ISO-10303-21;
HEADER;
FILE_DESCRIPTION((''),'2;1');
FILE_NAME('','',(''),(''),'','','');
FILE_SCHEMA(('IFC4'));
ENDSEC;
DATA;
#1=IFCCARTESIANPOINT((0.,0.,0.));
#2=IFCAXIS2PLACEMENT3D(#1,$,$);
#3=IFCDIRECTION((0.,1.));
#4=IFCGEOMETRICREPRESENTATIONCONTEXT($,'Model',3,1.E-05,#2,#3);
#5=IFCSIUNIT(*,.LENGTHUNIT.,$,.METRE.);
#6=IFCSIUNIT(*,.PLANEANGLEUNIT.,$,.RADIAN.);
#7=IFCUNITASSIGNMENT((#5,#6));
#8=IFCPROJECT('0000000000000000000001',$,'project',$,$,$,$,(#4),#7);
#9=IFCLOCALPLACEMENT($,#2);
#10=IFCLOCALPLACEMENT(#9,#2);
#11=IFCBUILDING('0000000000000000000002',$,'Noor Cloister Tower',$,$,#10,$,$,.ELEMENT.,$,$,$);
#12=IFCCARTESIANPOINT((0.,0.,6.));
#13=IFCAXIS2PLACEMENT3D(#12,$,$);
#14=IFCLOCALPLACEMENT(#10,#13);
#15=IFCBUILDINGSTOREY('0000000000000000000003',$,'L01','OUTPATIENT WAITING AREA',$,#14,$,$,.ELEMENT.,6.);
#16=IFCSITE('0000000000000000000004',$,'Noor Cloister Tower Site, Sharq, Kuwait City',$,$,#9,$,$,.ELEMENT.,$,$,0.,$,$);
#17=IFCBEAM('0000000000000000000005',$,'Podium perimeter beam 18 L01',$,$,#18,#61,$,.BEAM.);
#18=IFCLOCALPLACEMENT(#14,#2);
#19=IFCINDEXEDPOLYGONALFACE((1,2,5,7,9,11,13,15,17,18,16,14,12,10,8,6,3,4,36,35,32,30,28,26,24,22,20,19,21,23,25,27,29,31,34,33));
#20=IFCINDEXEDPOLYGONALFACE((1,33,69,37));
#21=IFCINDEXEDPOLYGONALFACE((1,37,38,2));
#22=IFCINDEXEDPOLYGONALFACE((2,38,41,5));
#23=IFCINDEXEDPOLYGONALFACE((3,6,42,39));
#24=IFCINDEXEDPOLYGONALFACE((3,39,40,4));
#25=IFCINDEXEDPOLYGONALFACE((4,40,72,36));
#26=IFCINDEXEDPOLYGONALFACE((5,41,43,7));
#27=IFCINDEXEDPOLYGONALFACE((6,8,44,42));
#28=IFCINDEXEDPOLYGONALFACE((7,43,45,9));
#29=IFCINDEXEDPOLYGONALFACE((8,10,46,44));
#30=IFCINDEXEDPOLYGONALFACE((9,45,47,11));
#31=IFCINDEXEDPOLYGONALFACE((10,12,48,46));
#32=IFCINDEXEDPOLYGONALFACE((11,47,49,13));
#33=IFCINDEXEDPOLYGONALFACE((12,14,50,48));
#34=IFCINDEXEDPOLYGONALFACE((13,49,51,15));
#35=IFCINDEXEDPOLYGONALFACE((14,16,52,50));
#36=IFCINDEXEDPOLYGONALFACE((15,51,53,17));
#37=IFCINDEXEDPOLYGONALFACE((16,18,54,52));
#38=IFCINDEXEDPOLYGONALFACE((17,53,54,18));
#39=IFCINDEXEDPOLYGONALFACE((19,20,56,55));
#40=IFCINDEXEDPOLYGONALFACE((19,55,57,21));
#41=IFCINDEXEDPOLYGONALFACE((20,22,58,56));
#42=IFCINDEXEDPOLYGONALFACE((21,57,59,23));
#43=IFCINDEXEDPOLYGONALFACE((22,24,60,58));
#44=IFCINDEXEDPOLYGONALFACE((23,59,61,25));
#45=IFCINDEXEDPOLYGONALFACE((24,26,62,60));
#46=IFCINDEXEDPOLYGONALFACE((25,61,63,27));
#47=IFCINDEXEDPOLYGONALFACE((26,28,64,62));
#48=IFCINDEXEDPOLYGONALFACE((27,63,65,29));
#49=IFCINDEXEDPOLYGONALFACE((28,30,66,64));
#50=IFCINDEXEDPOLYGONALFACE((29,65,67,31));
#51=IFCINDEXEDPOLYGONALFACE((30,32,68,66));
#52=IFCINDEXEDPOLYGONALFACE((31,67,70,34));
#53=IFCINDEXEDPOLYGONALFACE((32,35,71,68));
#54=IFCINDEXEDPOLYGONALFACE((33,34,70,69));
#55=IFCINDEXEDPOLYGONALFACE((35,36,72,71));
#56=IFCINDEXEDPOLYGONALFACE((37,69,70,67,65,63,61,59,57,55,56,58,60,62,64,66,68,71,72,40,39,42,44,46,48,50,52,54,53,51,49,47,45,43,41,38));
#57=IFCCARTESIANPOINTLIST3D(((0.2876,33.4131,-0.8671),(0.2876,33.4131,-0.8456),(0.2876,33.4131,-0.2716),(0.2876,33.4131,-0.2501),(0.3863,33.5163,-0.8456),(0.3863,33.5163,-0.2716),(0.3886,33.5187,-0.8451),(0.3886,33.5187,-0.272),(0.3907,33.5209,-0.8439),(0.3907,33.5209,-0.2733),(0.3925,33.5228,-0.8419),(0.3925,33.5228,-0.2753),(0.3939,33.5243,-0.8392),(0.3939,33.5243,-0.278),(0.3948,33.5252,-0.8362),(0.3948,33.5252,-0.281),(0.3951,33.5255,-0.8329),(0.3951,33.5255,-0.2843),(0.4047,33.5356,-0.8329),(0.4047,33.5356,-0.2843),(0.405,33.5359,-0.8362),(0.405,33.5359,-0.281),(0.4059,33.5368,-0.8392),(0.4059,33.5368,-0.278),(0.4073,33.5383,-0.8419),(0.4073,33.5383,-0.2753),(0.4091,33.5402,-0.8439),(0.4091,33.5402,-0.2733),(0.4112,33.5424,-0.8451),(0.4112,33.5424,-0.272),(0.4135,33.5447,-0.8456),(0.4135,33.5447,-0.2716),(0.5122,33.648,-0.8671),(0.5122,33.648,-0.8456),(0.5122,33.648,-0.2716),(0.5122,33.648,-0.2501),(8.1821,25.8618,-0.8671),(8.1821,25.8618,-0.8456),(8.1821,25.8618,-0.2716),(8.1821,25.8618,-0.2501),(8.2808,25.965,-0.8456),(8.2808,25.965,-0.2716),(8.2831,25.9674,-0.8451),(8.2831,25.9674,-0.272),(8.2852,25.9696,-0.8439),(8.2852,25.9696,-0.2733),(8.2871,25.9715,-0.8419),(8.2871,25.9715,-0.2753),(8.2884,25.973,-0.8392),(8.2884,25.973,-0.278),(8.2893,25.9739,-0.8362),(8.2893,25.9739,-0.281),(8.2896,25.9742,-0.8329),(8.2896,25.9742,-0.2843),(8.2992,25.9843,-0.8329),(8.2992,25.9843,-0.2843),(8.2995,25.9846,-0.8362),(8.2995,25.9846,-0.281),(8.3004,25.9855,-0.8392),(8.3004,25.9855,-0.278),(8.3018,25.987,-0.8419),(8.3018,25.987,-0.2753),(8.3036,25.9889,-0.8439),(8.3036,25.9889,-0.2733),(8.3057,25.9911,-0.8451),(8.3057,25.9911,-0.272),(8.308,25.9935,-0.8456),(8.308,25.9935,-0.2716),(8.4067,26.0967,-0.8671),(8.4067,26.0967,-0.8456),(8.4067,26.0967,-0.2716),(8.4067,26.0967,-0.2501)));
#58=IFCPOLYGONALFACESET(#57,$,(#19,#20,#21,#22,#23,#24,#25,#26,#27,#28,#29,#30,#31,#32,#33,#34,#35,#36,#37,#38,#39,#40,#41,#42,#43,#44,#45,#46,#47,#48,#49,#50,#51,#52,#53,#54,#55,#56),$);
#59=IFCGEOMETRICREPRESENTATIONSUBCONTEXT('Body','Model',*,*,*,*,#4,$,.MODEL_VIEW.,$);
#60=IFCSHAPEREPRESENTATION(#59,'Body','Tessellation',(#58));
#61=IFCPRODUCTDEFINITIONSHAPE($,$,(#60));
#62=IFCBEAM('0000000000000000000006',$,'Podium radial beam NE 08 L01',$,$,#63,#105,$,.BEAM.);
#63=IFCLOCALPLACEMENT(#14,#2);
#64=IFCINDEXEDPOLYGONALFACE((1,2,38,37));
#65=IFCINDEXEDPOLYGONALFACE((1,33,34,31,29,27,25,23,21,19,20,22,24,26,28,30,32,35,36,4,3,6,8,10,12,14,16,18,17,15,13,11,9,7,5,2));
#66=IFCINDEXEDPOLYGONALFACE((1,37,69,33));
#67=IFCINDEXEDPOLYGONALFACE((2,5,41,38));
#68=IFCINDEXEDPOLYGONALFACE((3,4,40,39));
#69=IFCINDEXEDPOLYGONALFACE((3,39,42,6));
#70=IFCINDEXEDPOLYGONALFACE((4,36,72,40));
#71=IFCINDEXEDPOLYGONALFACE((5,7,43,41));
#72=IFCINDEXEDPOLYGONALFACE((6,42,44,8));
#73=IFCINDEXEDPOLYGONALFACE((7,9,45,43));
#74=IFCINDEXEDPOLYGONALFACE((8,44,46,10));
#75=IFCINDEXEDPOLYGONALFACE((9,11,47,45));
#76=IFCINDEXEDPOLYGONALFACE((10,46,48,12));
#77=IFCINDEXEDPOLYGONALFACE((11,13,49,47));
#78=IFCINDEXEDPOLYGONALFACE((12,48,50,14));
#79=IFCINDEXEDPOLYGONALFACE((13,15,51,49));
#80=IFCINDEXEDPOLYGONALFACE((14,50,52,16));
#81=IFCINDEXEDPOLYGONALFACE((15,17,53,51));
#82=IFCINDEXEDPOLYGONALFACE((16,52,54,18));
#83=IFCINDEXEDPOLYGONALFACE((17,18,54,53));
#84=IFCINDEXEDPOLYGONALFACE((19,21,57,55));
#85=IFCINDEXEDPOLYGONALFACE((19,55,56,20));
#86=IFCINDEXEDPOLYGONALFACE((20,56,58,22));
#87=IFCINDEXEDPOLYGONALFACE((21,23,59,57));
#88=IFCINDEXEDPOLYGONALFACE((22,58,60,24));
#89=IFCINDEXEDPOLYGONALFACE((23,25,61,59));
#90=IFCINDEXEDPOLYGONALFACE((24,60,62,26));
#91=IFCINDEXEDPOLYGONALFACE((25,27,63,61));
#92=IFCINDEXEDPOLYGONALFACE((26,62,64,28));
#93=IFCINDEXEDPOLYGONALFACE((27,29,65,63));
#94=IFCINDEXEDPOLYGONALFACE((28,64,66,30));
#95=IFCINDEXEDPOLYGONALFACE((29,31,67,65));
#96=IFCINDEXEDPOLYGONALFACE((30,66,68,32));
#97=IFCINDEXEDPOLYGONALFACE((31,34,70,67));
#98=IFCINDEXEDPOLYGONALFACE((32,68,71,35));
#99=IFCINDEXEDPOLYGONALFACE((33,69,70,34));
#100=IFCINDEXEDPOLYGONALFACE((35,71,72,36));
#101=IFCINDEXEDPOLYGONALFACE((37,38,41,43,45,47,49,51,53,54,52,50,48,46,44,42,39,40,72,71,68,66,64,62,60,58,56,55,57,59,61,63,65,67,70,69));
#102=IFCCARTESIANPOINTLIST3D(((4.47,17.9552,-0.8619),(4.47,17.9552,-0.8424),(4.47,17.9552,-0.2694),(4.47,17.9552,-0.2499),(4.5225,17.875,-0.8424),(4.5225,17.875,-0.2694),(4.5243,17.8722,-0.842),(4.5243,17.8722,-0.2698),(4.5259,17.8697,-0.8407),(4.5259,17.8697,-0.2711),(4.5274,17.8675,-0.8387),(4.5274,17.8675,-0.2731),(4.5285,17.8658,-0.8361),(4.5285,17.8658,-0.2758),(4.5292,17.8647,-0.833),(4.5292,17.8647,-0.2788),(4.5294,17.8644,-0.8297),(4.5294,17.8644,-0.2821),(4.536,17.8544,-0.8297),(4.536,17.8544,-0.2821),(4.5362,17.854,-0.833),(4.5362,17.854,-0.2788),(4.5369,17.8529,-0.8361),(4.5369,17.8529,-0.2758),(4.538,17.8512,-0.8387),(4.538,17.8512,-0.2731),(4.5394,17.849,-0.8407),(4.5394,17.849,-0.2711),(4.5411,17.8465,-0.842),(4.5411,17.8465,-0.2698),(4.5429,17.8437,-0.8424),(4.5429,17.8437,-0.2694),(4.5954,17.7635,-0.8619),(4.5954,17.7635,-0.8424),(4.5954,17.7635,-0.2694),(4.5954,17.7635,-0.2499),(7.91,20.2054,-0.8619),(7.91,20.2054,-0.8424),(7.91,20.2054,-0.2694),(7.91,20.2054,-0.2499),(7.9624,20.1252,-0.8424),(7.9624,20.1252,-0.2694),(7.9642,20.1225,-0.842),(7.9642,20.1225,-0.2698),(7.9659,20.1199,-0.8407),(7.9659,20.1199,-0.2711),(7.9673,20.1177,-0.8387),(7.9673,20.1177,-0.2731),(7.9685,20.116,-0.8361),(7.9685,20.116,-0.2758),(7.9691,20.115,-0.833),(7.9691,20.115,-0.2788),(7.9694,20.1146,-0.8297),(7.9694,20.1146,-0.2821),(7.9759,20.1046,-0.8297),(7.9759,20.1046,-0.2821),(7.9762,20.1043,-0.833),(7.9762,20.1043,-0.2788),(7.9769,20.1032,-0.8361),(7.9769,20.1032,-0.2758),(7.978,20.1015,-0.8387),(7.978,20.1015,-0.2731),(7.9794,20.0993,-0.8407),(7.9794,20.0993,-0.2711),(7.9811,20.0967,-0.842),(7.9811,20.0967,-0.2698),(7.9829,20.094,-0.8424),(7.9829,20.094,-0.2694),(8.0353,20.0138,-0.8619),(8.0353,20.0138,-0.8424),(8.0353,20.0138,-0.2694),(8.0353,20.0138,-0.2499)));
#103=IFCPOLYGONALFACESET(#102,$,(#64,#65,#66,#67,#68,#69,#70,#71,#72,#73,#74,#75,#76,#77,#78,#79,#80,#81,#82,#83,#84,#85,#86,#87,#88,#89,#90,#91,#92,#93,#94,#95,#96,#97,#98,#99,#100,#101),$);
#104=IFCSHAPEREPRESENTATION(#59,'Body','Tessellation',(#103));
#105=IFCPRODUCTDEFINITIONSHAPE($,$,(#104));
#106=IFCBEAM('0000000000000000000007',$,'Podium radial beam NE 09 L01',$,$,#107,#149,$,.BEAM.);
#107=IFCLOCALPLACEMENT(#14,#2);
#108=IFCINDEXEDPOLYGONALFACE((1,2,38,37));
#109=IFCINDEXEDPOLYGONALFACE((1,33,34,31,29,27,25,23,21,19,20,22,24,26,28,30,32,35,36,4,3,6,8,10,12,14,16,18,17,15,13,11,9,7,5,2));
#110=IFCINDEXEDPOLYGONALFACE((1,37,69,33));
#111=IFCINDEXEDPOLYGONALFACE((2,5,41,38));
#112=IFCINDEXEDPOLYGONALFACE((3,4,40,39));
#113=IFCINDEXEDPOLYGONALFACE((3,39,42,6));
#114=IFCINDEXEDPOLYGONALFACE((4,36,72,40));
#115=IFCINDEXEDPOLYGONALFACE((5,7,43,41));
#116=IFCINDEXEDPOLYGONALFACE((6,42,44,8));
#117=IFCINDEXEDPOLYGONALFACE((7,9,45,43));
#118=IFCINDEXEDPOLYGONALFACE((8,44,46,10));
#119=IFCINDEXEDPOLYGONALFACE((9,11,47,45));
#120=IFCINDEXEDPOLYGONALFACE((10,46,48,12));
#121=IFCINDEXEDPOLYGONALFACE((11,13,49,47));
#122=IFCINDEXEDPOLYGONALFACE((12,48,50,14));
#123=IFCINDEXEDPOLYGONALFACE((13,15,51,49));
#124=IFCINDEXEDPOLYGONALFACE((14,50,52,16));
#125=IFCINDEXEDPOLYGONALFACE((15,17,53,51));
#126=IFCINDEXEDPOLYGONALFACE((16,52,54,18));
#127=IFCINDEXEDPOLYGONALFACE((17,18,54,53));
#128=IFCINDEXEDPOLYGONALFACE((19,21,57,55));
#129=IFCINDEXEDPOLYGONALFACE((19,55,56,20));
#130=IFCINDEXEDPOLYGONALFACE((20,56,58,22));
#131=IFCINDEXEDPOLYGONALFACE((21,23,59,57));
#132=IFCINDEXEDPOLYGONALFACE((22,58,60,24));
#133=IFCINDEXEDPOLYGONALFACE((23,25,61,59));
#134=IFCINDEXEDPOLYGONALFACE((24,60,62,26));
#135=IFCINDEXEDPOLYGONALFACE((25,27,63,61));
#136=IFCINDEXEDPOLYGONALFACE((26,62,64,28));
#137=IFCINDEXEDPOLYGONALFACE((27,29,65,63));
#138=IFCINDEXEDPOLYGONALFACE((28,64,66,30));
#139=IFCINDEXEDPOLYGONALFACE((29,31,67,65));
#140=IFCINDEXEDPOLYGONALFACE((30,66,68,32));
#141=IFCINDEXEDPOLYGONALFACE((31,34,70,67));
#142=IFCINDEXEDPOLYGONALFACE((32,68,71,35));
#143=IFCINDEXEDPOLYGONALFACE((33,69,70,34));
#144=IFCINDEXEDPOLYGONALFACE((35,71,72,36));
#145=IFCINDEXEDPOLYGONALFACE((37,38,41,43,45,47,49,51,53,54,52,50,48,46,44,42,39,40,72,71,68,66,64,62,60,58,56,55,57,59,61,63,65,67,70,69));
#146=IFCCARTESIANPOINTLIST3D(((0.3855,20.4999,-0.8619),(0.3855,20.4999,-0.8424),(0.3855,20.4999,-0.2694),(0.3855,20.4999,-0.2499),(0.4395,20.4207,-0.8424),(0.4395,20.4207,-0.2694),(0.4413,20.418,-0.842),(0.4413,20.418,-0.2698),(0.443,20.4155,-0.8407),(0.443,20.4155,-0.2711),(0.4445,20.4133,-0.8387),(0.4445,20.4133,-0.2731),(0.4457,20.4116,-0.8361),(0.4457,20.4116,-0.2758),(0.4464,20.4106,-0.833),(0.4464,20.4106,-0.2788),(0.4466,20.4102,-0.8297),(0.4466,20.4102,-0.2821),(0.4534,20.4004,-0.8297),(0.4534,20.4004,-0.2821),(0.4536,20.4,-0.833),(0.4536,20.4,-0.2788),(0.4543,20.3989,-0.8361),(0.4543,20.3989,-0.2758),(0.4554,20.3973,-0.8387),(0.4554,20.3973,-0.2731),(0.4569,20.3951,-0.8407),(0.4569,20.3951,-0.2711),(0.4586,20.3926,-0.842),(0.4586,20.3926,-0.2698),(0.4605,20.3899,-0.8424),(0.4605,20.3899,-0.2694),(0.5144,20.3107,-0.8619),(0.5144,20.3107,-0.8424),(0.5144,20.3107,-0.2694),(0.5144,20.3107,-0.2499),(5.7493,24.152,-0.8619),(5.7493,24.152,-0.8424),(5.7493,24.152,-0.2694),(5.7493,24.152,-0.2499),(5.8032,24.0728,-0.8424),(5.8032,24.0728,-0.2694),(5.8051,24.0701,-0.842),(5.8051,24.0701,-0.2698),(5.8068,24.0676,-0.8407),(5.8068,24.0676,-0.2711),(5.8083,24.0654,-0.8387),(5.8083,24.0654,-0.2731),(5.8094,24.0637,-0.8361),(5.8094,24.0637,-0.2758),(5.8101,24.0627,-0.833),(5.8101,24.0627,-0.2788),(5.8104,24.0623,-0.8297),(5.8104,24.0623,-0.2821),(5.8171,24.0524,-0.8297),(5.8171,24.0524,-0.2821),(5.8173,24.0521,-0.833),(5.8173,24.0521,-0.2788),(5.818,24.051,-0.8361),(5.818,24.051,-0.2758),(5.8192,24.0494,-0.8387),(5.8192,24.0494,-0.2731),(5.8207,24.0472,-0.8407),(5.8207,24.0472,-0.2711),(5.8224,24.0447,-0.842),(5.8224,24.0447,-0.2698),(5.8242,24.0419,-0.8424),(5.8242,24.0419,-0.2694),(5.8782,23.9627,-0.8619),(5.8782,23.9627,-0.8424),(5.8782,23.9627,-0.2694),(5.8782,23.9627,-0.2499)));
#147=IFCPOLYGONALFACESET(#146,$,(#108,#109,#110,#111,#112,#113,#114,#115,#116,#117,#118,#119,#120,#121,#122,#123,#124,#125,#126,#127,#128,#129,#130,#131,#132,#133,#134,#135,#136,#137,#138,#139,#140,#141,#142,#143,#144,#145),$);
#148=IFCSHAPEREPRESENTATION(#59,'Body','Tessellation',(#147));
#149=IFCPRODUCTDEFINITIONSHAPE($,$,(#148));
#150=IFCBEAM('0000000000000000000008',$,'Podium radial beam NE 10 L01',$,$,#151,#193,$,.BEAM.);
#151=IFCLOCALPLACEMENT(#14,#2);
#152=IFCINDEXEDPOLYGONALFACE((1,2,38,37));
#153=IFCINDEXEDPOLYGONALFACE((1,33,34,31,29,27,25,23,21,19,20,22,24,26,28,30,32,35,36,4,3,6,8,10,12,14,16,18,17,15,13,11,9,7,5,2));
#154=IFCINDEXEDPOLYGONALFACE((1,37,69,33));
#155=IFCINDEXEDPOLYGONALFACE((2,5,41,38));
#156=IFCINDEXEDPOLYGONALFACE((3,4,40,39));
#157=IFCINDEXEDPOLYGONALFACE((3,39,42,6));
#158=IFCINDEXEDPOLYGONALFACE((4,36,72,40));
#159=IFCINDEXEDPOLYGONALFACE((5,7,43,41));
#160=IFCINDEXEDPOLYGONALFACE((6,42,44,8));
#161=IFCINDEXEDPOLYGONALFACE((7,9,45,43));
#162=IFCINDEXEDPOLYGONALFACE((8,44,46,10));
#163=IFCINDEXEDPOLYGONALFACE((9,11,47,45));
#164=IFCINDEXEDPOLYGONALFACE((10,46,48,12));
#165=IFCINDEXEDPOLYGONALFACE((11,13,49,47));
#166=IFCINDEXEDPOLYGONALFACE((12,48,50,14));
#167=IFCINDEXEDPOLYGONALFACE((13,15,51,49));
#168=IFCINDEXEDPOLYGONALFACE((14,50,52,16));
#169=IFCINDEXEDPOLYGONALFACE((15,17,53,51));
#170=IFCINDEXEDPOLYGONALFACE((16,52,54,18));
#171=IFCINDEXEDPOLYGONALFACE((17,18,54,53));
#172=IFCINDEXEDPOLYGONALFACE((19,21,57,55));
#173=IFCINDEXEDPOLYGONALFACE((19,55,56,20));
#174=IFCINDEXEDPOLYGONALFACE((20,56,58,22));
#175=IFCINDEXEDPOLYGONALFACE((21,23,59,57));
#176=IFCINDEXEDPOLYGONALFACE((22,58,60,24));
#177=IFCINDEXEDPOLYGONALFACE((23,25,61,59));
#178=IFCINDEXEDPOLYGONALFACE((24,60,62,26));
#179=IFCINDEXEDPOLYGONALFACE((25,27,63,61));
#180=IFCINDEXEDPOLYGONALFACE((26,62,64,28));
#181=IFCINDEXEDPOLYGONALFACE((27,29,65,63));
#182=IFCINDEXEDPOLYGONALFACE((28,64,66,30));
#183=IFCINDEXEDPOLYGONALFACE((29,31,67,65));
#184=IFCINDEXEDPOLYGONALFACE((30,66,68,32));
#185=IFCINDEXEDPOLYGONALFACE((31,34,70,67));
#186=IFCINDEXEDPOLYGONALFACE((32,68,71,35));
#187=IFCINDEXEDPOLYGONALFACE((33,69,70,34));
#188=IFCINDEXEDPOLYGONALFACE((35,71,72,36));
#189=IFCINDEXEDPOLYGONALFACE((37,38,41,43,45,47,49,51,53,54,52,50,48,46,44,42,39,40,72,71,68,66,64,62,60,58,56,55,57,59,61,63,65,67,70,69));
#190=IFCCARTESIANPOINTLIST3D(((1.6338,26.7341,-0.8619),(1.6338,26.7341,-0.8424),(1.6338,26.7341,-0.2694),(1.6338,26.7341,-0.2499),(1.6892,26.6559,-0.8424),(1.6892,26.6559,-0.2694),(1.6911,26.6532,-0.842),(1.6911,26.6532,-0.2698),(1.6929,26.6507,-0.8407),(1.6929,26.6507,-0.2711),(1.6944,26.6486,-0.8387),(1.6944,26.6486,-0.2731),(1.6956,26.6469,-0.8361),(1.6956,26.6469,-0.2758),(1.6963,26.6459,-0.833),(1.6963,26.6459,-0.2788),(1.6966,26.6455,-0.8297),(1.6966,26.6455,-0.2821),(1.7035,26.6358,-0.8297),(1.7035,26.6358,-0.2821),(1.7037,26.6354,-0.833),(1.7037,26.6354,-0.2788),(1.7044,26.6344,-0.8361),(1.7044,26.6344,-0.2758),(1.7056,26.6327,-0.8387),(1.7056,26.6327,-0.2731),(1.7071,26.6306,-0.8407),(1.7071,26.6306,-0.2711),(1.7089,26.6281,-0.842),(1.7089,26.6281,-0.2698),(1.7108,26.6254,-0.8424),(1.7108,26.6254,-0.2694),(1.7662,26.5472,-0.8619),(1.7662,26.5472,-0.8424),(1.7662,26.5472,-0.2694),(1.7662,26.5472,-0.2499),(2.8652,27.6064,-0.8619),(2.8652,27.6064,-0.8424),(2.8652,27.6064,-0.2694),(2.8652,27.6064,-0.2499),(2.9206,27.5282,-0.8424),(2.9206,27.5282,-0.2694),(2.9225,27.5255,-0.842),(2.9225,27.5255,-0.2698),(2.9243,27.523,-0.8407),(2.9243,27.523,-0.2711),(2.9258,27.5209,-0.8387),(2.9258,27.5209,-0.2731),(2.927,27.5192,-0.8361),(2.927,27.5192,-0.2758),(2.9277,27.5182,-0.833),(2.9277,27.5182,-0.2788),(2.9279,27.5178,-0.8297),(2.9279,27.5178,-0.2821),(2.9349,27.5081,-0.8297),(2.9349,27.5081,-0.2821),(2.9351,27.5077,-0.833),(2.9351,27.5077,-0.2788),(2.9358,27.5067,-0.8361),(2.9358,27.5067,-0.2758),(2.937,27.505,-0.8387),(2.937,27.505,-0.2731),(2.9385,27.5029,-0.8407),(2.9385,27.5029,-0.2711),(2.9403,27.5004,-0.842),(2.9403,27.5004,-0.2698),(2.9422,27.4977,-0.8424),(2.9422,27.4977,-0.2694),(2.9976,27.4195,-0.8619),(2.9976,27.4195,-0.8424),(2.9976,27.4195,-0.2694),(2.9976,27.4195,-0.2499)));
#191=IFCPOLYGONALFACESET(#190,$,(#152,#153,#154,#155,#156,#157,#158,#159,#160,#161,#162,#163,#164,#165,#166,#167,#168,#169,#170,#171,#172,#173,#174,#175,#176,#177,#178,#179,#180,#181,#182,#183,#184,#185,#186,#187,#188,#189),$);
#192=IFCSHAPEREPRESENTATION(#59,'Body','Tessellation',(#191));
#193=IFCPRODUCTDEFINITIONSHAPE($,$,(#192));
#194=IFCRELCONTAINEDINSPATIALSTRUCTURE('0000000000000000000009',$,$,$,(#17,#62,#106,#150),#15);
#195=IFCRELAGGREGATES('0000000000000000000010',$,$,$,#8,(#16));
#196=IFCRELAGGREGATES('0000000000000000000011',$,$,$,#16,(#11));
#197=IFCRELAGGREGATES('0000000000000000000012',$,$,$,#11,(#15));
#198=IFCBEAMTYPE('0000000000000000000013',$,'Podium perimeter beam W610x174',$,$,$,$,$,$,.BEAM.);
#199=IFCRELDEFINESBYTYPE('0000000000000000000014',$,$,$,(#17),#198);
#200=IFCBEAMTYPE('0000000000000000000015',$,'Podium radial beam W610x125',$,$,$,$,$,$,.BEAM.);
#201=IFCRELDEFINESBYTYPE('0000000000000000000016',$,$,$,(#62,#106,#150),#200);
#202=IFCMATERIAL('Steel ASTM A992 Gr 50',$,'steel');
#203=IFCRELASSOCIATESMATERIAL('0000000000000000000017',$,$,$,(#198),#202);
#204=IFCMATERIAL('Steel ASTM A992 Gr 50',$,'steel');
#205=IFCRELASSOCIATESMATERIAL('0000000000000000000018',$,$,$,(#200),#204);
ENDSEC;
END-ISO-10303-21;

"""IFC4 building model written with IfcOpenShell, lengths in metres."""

from ifc_helpers import new_model, si_unit, direction, frame, origin, origin_2d, place, context, subcontext, project, spatial, i_section, extrude, material, material_profile, profile_set, type_object, element, save


model = new_model("IFC4")

# Units and contexts
model_context = context("Model", 3, precision=1e-05, world=origin(), true_north=direction((0.0, 1.0)))
body_context = subcontext(model_context, "Body", "Model", "MODEL_VIEW")
ifc_project = project(units=[si_unit("LENGTHUNIT", "METRE"), si_unit("PLANEANGLEUNIT", "RADIAN")], contexts=[model_context])

# Site, building, storey
site_placement = place(None, origin())
site = spatial("IfcSite", under=ifc_project, at=site_placement, Name="Noor Cloister Tower Site, Sharq, Kuwait City", CompositionType="ELEMENT", RefElevation=0.0)
building_placement = place(site_placement, origin())
building = spatial("IfcBuilding", under=site, at=building_placement, Name="Noor Cloister Tower", CompositionType="ELEMENT")
storey_placement = place(building_placement, frame((0.0, 0.0, 6.0)))
storey = spatial("IfcBuildingStorey", under=building, at=storey_placement, Name="L01", Description="OUTPATIENT WAITING AREA", CompositionType="ELEMENT", Elevation=6.0)

# Beams
ifc_material_1 = material(Name="Steel ASTM A992 Gr 50", Category="steel")
ifc_material_profile_1 = material_profile(ifc_material_1, i_section(OverallWidth=0.325, OverallDepth=0.6169, WebThickness=0.0139, FlangeThickness=0.0215, FilletRadius=0.0127, at=origin_2d()), Name="W610x174")
ifc_profile_set_1 = profile_set([ifc_material_profile_1], Name="Steel ASTM A992 Gr 50")
beam_type_1 = type_object("IfcBeamType", Name="Podium perimeter beam W610x174", PredefinedType="BEAM", material=ifc_profile_set_1)
beam_1_placement = place(storey_placement, frame((8.2944, 25.9792, -0.5586), z_axis=(-0.722643, 0.691222, 0.0), x_axis=(-0.691222, -0.722643, 0.0)))
element("IfcBeam", 1, at=beam_1_placement, inside=storey, type_object=beam_type_1, Name="Podium perimeter beam 18 L01", PredefinedType="BEAM", context=body_context, shape_type="SweptSolid", body=[
    extrude(i_section(OverallWidth=0.325, OverallDepth=0.6169, WebThickness=0.0139, FlangeThickness=0.0215, FilletRadius=0.0127, at=origin_2d()), origin(), (0.0, 0.0, 1.0), 10.9246),
])
ifc_material_2 = material(Name="Steel ASTM A992 Gr 50", Category="steel")
ifc_material_profile_2 = material_profile(ifc_material_2, i_section(OverallWidth=0.229, OverallDepth=0.6121, WebThickness=0.012, FlangeThickness=0.0195, FilletRadius=0.0127, at=origin_2d()), Name="W610x125")
ifc_profile_set_2 = profile_set([ifc_material_profile_2], Name="Steel ASTM A992 Gr 50")
beam_type_2 = type_object("IfcBeamType", Name="Podium radial beam W610x125", PredefinedType="BEAM", material=ifc_profile_set_2)
beam_2_placement = place(storey_placement, frame((7.9727, 20.1096, -0.5559), z_axis=(-0.836852, -0.547429, 0.0), x_axis=(0.547429, -0.836852, 0.0)))
element("IfcBeam", 2, at=beam_2_placement, inside=storey, type_object=beam_type_2, Name="Podium radial beam NE 08 L01", PredefinedType="BEAM", context=body_context, shape_type="SweptSolid", body=[
    extrude(i_section(OverallWidth=0.229, OverallDepth=0.6121, WebThickness=0.012, FlangeThickness=0.0195, FilletRadius=0.0127, at=origin_2d()), origin(), (0.0, 0.0, 1.0), 4.1106),
])
beam_3_placement = place(storey_placement, frame((5.8137, 24.0574, -0.5559), z_axis=(-0.826587, -0.562809, 0.0), x_axis=(0.562809, -0.826587, 0.0)))
element("IfcBeam", 3, at=beam_3_placement, inside=storey, type_object=beam_type_2, Name="Podium radial beam NE 09 L01", PredefinedType="BEAM", context=body_context, shape_type="SweptSolid", body=[
    extrude(i_section(OverallWidth=0.229, OverallDepth=0.6121, WebThickness=0.012, FlangeThickness=0.0195, FilletRadius=0.0127, at=origin_2d()), origin(), (0.0, 0.0, 1.0), 6.489),
])
beam_4_placement = place(storey_placement, frame((2.9314, 27.5129, -0.5559), z_axis=(-0.816012, -0.578035, 0.0), x_axis=(0.578035, -0.816012, 0.0)))
element("IfcBeam", 4, at=beam_4_placement, inside=storey, type_object=beam_type_2, Name="Podium radial beam NE 10 L01", PredefinedType="BEAM", context=body_context, shape_type="SweptSolid", body=[
    extrude(i_section(OverallWidth=0.229, OverallDepth=0.6121, WebThickness=0.012, FlangeThickness=0.0195, FilletRadius=0.0127, at=origin_2d()), origin(), (0.0, 0.0, 1.0), 1.509),
])

save(model, "model.ifc")
